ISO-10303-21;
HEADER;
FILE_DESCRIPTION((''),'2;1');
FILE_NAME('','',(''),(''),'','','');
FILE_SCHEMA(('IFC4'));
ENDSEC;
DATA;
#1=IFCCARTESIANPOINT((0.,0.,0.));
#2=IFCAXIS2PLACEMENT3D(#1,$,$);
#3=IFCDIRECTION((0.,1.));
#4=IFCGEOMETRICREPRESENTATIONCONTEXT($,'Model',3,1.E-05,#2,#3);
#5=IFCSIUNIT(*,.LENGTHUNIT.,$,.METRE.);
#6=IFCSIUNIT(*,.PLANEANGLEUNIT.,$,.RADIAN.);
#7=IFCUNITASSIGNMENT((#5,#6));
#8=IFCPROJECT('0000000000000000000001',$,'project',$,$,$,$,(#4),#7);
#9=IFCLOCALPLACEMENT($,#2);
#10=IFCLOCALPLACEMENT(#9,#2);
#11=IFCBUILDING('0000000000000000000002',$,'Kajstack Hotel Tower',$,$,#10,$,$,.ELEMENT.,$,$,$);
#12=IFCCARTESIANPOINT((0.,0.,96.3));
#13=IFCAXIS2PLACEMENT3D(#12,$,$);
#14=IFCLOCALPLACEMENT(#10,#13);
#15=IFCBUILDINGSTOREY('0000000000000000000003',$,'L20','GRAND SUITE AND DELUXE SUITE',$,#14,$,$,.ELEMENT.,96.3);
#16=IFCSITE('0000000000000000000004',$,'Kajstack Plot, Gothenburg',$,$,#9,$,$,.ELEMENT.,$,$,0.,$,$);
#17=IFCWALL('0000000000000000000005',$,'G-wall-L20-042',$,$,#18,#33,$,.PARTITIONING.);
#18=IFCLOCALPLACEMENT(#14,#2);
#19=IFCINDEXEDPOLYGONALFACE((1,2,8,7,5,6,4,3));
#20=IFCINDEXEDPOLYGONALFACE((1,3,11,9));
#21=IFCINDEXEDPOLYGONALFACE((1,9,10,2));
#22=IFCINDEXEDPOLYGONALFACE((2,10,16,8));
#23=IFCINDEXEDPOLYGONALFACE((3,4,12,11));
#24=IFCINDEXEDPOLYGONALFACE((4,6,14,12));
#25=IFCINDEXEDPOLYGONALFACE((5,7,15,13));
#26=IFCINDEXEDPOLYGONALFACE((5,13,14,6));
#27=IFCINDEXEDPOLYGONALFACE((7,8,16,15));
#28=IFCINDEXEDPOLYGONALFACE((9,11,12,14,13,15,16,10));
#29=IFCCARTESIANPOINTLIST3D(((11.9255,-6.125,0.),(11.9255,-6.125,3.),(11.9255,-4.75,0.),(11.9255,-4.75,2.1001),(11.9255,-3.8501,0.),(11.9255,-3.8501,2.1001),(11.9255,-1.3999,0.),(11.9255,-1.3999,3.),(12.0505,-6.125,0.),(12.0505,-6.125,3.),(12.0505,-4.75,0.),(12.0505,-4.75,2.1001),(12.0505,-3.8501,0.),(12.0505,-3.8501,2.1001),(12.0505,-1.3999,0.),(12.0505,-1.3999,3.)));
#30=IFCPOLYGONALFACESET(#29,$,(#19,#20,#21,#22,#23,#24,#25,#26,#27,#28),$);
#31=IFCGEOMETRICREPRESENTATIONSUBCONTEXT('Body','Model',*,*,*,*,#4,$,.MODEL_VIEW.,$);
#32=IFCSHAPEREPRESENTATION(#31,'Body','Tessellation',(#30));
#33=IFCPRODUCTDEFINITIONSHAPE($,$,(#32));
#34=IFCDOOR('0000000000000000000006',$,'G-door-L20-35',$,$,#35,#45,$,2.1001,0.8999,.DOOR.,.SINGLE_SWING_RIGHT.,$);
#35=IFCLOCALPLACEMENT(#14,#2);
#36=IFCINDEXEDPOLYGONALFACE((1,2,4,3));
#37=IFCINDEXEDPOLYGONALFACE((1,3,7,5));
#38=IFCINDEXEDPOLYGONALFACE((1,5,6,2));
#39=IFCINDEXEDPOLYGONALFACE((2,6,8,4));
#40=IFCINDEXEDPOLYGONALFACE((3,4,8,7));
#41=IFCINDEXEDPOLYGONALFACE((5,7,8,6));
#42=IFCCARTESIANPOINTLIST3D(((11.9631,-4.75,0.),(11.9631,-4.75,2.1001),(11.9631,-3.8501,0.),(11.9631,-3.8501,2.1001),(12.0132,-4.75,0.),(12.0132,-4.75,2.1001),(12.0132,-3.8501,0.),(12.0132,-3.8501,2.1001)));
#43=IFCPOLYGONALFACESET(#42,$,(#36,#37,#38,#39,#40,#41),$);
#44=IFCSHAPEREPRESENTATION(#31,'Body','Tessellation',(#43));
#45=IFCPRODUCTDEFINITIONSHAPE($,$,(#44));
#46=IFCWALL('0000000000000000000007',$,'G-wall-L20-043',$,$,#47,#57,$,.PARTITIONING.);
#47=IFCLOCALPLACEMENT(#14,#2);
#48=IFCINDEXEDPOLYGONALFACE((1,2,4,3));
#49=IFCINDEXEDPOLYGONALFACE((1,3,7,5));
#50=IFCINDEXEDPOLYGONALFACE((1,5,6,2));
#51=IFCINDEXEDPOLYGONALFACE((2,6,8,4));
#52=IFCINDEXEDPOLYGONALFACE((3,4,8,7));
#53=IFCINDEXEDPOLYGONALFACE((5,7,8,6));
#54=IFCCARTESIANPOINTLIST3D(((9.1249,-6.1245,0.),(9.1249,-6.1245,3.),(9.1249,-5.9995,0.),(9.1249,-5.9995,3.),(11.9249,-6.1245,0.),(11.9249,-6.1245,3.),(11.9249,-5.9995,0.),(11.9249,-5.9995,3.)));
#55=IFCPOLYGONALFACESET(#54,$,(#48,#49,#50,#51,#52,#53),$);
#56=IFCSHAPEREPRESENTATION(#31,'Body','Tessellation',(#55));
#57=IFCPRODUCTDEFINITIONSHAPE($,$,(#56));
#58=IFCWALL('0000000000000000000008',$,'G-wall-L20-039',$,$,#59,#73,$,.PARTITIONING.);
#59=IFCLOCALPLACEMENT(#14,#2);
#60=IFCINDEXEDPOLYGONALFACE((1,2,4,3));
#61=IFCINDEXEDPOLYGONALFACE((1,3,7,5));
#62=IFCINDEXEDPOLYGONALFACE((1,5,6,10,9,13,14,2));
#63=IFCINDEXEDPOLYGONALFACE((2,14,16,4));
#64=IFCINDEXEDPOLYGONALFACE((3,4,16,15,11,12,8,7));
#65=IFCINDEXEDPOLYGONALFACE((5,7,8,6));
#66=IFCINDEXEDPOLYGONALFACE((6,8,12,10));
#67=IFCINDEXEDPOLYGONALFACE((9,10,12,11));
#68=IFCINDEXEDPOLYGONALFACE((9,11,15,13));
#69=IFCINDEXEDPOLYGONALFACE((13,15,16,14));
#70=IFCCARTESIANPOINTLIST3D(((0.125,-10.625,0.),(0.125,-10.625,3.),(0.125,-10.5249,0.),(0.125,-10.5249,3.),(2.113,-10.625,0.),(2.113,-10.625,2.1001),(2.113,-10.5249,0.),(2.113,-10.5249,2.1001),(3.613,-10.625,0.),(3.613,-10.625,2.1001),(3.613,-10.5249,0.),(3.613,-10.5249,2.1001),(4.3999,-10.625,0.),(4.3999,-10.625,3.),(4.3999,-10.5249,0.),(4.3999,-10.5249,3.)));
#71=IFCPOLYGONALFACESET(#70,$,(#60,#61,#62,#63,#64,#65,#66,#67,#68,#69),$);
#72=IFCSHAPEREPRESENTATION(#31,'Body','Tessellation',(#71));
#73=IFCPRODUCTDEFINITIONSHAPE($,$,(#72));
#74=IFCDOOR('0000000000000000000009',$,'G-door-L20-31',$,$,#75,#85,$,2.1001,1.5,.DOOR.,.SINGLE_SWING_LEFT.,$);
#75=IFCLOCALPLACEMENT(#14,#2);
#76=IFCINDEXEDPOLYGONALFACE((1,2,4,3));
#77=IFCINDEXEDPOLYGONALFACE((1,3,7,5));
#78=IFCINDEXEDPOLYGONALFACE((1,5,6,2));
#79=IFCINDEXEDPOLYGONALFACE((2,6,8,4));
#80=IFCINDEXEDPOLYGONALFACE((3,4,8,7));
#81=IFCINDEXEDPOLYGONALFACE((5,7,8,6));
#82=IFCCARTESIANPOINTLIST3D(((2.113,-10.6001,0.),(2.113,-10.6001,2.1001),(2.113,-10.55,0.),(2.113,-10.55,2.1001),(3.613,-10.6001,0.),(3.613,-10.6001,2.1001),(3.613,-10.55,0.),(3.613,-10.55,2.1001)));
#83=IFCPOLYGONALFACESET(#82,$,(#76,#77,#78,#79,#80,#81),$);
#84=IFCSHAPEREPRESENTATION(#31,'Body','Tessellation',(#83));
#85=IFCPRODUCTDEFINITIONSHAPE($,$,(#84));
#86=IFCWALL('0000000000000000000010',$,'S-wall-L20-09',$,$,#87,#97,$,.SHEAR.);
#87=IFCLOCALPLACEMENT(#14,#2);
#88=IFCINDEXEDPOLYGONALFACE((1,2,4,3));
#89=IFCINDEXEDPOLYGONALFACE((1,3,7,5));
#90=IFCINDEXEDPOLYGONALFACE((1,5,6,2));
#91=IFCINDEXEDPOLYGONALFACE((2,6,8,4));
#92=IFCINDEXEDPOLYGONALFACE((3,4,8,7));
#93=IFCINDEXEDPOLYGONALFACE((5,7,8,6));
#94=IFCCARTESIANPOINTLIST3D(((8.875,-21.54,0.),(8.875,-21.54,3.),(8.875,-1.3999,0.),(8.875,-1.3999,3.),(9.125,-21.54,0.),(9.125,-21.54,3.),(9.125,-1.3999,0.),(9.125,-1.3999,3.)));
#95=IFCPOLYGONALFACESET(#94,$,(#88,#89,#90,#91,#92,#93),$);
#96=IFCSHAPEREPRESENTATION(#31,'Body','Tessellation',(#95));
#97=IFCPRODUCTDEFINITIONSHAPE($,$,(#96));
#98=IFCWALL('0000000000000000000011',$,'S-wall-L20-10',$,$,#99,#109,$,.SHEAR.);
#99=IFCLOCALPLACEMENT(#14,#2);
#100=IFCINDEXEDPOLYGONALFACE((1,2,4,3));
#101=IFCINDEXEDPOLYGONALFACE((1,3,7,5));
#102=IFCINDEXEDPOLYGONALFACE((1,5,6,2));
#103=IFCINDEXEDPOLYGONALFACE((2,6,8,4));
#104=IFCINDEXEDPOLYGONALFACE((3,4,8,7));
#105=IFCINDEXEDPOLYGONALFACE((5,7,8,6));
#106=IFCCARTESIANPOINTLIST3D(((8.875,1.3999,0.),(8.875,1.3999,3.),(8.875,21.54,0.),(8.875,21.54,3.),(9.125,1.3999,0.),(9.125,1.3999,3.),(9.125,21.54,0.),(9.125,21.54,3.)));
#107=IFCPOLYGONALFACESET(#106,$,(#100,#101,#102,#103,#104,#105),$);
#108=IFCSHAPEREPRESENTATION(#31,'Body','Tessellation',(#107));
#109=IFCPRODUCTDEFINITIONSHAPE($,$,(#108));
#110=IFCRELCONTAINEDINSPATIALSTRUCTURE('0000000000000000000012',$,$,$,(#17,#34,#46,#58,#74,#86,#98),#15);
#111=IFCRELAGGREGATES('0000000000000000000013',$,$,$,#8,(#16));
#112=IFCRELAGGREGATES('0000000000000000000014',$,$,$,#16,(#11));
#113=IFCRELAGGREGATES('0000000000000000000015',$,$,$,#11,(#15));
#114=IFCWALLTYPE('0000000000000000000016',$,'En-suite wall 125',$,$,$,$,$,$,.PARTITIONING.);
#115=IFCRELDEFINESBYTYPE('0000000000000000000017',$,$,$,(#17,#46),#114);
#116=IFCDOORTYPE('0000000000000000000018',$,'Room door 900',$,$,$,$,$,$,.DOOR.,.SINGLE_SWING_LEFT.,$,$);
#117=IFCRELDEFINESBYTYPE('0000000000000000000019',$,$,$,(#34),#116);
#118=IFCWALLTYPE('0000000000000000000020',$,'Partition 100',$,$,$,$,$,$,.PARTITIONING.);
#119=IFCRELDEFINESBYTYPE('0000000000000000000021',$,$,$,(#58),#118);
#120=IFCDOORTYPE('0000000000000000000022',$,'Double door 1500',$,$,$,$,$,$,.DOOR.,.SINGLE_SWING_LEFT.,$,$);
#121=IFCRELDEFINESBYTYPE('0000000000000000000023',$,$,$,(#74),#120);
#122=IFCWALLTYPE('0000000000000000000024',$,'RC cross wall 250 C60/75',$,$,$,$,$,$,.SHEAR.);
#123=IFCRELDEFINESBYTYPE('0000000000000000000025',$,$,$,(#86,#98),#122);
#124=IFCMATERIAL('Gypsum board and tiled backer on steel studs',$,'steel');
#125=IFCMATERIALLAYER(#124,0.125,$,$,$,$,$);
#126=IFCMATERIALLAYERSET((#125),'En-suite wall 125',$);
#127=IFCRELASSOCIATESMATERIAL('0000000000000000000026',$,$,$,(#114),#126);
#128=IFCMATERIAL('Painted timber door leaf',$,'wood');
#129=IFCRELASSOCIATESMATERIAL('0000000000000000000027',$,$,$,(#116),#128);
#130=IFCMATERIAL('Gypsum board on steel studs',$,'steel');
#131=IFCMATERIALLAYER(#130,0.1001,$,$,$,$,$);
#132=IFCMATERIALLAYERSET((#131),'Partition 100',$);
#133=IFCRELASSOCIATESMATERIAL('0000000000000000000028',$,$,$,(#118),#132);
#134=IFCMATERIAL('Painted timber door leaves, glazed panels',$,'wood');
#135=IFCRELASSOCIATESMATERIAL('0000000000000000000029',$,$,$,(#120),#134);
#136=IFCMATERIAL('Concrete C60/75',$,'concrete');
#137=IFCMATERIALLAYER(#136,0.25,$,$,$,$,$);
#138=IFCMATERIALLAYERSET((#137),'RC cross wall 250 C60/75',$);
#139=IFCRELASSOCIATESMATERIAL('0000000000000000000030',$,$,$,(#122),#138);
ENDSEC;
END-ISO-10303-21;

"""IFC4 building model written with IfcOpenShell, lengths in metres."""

from ifc_helpers import new_model, si_unit, direction, frame, frame_2d, origin, place, context, subcontext, project, spatial, rectangle, extrude, material, layer, layer_set, type_object, element, fill, save


model = new_model("IFC4")

# Units and contexts
model_context = context("Model", 3, precision=1e-05, world=origin(), true_north=direction((0.0, 1.0)))
body_context = subcontext(model_context, "Body", "Model", "MODEL_VIEW")
ifc_project = project(units=[si_unit("LENGTHUNIT", "METRE"), si_unit("PLANEANGLEUNIT", "RADIAN")], contexts=[model_context])

# Site, building, storey
site_placement = place(None, origin())
site = spatial("IfcSite", under=ifc_project, at=site_placement, Name="Kajstack Plot, Gothenburg", CompositionType="ELEMENT", RefElevation=0.0)
building_placement = place(site_placement, origin())
building = spatial("IfcBuilding", under=site, at=building_placement, Name="Kajstack Hotel Tower", CompositionType="ELEMENT")
storey_placement = place(building_placement, frame((0.0, 0.0, 96.3)))
storey = spatial("IfcBuildingStorey", under=building, at=storey_placement, Name="L20", Description="GRAND SUITE AND DELUXE SUITE", CompositionType="ELEMENT", Elevation=96.3)

# Shared definitions
ifc_material_1 = material(Name="Gypsum board and tiled backer on steel studs", Category="steel")
ifc_layer_1 = layer(ifc_material_1, 0.125)
ifc_layer_set_1 = layer_set([ifc_layer_1], Name="En-suite wall 125")
wall_type_1 = type_object("IfcWallType", Name="En-suite wall 125", PredefinedType="PARTITIONING", material=ifc_layer_set_1)
ifc_material_2 = material(Name="Painted timber door leaf", Category="wood")
door_type_1 = type_object("IfcDoorType", Name="Room door 900", OperationType="SINGLE_SWING_LEFT", PredefinedType="DOOR", material=ifc_material_2)

# Wall, opening, door
wall_1_placement = place(storey_placement, frame((11.988, -6.125, 0.0), z_axis=(0.0, 0.0, 1.0), x_axis=(0.0, 1.0, 0.0)))
wall_1 = element("IfcWall", 1, at=wall_1_placement, inside=storey, type_object=wall_type_1, Name="G-wall-L20-042", PredefinedType="PARTITIONING", context=body_context, shape_type="SweptSolid", body=[
    extrude(rectangle(XDim=4.7251, YDim=0.125, at=frame_2d((2.3625, 0.0))), origin(), (0.0, 0.0, 1.0), 3.0),
])
opening_1_placement = place(wall_1_placement, frame((1.375, 0.0, 0.0)))
opening_1 = element("IfcOpeningElement", 2, at=opening_1_placement, cuts=wall_1, PredefinedType="OPENING", context=body_context, shape_type="SweptSolid", body=[
    extrude(rectangle(XDim=0.8999, YDim=2.1001, at=frame_2d((0.45, 1.05))), frame((0.0, 0.0725, 0.0), z_axis=(0.0, -1.0, 0.0), x_axis=(1.0, 0.0, 0.0)), (0.0, 0.0, 1.0), 0.145),
])
door_1_placement = place(opening_1_placement, origin())
door_1 = element("IfcDoor", 3, at=door_1_placement, inside=storey, type_object=door_type_1, Name="G-door-L20-35", OperationType="SINGLE_SWING_RIGHT", OverallHeight=2.1001, OverallWidth=0.8999, PredefinedType="DOOR", context=body_context, shape_type="SweptSolid", body=[
    extrude(rectangle(XDim=0.8999, YDim=2.1001, at=frame_2d((0.45, 1.05))), frame((0.0, 0.0249, 0.0), z_axis=(0.0, -1.0, 0.0), x_axis=(1.0, 0.0, 0.0)), (0.0, 0.0, 1.0), 0.05),
])
fill(opening_1, door_1)

# Wall
wall_2_placement = place(storey_placement, frame((9.125, -6.062, 0.0), z_axis=(0.0, 0.0, 1.0), x_axis=(1.0, 0.0, 0.0)))
element("IfcWall", 4, at=wall_2_placement, inside=storey, type_object=wall_type_1, Name="G-wall-L20-043", PredefinedType="PARTITIONING", context=body_context, shape_type="SweptSolid", body=[
    extrude(rectangle(XDim=2.8, YDim=0.125, at=frame_2d((1.3999, 0.0))), origin(), (0.0, 0.0, 1.0), 3.0),
])

# Wall, opening, door
ifc_material_3 = material(Name="Gypsum board on steel studs", Category="steel")
ifc_layer_2 = layer(ifc_material_3, 0.1001)
ifc_layer_set_2 = layer_set([ifc_layer_2], Name="Partition 100")
wall_type_2 = type_object("IfcWallType", Name="Partition 100", PredefinedType="PARTITIONING", material=ifc_layer_set_2)
wall_3_placement = place(storey_placement, frame((0.125, -10.575, 0.0), z_axis=(0.0, 0.0, 1.0), x_axis=(1.0, 0.0, 0.0)))
wall_3 = element("IfcWall", 5, at=wall_3_placement, inside=storey, type_object=wall_type_2, Name="G-wall-L20-039", PredefinedType="PARTITIONING", context=body_context, shape_type="SweptSolid", body=[
    extrude(rectangle(XDim=4.2749, YDim=0.1001, at=frame_2d((2.1375, 0.0))), origin(), (0.0, 0.0, 1.0), 3.0),
])
opening_2_placement = place(wall_3_placement, frame((1.988, 0.0, 0.0)))
opening_2 = element("IfcOpeningElement", 6, at=opening_2_placement, cuts=wall_3, PredefinedType="OPENING", context=body_context, shape_type="SweptSolid", body=[
    extrude(rectangle(XDim=1.5, YDim=2.1001, at=frame_2d((0.75, 1.05))), frame((0.0, 0.0601, 0.0), z_axis=(0.0, -1.0, 0.0), x_axis=(1.0, 0.0, 0.0)), (0.0, 0.0, 1.0), 0.1201),
])
ifc_material_4 = material(Name="Painted timber door leaves, glazed panels", Category="wood")
door_type_2 = type_object("IfcDoorType", Name="Double door 1500", OperationType="SINGLE_SWING_LEFT", PredefinedType="DOOR", material=ifc_material_4)
door_2_placement = place(opening_2_placement, origin())
door_2 = element("IfcDoor", 7, at=door_2_placement, inside=storey, type_object=door_type_2, Name="G-door-L20-31", OperationType="SINGLE_SWING_LEFT", OverallHeight=2.1001, OverallWidth=1.5, PredefinedType="DOOR", context=body_context, shape_type="SweptSolid", body=[
    extrude(rectangle(XDim=1.5, YDim=2.1001, at=frame_2d((0.75, 1.05))), frame((0.0, 0.0249, 0.0), z_axis=(0.0, -1.0, 0.0), x_axis=(1.0, 0.0, 0.0)), (0.0, 0.0, 1.0), 0.05),
])
fill(opening_2, door_2)

# Walls
ifc_material_5 = material(Name="Concrete C60/75", Category="concrete")
ifc_layer_3 = layer(ifc_material_5, 0.25)
ifc_layer_set_3 = layer_set([ifc_layer_3], Name="RC cross wall 250 C60/75")
wall_type_3 = type_object("IfcWallType", Name="RC cross wall 250 C60/75", PredefinedType="SHEAR", material=ifc_layer_set_3)
for number, where, z_axis, x_axis, name in (
    (8, (9.0, -21.54, 0.0), (0.0, 0.0, 1.0), (0.0, 1.0, 0.0), "S-wall-L20-09"),
    (9, (9.0, 1.3999, 0.0), (0.0, 0.0, 1.0), (0.0, 1.0, 0.0), "S-wall-L20-10"),
):
    element("IfcWall", number, at=place(storey_placement, frame(where, z_axis=z_axis, x_axis=x_axis)), inside=storey, type_object=wall_type_3, Name=name, PredefinedType="SHEAR", context=body_context, shape_type="SweptSolid", body=[
        extrude(rectangle(XDim=20.1401, YDim=0.25, at=frame_2d((10.0701, 0.0))), origin(), (0.0, 0.0, 1.0), 3.0),
    ])

save(model, "model.ifc")
